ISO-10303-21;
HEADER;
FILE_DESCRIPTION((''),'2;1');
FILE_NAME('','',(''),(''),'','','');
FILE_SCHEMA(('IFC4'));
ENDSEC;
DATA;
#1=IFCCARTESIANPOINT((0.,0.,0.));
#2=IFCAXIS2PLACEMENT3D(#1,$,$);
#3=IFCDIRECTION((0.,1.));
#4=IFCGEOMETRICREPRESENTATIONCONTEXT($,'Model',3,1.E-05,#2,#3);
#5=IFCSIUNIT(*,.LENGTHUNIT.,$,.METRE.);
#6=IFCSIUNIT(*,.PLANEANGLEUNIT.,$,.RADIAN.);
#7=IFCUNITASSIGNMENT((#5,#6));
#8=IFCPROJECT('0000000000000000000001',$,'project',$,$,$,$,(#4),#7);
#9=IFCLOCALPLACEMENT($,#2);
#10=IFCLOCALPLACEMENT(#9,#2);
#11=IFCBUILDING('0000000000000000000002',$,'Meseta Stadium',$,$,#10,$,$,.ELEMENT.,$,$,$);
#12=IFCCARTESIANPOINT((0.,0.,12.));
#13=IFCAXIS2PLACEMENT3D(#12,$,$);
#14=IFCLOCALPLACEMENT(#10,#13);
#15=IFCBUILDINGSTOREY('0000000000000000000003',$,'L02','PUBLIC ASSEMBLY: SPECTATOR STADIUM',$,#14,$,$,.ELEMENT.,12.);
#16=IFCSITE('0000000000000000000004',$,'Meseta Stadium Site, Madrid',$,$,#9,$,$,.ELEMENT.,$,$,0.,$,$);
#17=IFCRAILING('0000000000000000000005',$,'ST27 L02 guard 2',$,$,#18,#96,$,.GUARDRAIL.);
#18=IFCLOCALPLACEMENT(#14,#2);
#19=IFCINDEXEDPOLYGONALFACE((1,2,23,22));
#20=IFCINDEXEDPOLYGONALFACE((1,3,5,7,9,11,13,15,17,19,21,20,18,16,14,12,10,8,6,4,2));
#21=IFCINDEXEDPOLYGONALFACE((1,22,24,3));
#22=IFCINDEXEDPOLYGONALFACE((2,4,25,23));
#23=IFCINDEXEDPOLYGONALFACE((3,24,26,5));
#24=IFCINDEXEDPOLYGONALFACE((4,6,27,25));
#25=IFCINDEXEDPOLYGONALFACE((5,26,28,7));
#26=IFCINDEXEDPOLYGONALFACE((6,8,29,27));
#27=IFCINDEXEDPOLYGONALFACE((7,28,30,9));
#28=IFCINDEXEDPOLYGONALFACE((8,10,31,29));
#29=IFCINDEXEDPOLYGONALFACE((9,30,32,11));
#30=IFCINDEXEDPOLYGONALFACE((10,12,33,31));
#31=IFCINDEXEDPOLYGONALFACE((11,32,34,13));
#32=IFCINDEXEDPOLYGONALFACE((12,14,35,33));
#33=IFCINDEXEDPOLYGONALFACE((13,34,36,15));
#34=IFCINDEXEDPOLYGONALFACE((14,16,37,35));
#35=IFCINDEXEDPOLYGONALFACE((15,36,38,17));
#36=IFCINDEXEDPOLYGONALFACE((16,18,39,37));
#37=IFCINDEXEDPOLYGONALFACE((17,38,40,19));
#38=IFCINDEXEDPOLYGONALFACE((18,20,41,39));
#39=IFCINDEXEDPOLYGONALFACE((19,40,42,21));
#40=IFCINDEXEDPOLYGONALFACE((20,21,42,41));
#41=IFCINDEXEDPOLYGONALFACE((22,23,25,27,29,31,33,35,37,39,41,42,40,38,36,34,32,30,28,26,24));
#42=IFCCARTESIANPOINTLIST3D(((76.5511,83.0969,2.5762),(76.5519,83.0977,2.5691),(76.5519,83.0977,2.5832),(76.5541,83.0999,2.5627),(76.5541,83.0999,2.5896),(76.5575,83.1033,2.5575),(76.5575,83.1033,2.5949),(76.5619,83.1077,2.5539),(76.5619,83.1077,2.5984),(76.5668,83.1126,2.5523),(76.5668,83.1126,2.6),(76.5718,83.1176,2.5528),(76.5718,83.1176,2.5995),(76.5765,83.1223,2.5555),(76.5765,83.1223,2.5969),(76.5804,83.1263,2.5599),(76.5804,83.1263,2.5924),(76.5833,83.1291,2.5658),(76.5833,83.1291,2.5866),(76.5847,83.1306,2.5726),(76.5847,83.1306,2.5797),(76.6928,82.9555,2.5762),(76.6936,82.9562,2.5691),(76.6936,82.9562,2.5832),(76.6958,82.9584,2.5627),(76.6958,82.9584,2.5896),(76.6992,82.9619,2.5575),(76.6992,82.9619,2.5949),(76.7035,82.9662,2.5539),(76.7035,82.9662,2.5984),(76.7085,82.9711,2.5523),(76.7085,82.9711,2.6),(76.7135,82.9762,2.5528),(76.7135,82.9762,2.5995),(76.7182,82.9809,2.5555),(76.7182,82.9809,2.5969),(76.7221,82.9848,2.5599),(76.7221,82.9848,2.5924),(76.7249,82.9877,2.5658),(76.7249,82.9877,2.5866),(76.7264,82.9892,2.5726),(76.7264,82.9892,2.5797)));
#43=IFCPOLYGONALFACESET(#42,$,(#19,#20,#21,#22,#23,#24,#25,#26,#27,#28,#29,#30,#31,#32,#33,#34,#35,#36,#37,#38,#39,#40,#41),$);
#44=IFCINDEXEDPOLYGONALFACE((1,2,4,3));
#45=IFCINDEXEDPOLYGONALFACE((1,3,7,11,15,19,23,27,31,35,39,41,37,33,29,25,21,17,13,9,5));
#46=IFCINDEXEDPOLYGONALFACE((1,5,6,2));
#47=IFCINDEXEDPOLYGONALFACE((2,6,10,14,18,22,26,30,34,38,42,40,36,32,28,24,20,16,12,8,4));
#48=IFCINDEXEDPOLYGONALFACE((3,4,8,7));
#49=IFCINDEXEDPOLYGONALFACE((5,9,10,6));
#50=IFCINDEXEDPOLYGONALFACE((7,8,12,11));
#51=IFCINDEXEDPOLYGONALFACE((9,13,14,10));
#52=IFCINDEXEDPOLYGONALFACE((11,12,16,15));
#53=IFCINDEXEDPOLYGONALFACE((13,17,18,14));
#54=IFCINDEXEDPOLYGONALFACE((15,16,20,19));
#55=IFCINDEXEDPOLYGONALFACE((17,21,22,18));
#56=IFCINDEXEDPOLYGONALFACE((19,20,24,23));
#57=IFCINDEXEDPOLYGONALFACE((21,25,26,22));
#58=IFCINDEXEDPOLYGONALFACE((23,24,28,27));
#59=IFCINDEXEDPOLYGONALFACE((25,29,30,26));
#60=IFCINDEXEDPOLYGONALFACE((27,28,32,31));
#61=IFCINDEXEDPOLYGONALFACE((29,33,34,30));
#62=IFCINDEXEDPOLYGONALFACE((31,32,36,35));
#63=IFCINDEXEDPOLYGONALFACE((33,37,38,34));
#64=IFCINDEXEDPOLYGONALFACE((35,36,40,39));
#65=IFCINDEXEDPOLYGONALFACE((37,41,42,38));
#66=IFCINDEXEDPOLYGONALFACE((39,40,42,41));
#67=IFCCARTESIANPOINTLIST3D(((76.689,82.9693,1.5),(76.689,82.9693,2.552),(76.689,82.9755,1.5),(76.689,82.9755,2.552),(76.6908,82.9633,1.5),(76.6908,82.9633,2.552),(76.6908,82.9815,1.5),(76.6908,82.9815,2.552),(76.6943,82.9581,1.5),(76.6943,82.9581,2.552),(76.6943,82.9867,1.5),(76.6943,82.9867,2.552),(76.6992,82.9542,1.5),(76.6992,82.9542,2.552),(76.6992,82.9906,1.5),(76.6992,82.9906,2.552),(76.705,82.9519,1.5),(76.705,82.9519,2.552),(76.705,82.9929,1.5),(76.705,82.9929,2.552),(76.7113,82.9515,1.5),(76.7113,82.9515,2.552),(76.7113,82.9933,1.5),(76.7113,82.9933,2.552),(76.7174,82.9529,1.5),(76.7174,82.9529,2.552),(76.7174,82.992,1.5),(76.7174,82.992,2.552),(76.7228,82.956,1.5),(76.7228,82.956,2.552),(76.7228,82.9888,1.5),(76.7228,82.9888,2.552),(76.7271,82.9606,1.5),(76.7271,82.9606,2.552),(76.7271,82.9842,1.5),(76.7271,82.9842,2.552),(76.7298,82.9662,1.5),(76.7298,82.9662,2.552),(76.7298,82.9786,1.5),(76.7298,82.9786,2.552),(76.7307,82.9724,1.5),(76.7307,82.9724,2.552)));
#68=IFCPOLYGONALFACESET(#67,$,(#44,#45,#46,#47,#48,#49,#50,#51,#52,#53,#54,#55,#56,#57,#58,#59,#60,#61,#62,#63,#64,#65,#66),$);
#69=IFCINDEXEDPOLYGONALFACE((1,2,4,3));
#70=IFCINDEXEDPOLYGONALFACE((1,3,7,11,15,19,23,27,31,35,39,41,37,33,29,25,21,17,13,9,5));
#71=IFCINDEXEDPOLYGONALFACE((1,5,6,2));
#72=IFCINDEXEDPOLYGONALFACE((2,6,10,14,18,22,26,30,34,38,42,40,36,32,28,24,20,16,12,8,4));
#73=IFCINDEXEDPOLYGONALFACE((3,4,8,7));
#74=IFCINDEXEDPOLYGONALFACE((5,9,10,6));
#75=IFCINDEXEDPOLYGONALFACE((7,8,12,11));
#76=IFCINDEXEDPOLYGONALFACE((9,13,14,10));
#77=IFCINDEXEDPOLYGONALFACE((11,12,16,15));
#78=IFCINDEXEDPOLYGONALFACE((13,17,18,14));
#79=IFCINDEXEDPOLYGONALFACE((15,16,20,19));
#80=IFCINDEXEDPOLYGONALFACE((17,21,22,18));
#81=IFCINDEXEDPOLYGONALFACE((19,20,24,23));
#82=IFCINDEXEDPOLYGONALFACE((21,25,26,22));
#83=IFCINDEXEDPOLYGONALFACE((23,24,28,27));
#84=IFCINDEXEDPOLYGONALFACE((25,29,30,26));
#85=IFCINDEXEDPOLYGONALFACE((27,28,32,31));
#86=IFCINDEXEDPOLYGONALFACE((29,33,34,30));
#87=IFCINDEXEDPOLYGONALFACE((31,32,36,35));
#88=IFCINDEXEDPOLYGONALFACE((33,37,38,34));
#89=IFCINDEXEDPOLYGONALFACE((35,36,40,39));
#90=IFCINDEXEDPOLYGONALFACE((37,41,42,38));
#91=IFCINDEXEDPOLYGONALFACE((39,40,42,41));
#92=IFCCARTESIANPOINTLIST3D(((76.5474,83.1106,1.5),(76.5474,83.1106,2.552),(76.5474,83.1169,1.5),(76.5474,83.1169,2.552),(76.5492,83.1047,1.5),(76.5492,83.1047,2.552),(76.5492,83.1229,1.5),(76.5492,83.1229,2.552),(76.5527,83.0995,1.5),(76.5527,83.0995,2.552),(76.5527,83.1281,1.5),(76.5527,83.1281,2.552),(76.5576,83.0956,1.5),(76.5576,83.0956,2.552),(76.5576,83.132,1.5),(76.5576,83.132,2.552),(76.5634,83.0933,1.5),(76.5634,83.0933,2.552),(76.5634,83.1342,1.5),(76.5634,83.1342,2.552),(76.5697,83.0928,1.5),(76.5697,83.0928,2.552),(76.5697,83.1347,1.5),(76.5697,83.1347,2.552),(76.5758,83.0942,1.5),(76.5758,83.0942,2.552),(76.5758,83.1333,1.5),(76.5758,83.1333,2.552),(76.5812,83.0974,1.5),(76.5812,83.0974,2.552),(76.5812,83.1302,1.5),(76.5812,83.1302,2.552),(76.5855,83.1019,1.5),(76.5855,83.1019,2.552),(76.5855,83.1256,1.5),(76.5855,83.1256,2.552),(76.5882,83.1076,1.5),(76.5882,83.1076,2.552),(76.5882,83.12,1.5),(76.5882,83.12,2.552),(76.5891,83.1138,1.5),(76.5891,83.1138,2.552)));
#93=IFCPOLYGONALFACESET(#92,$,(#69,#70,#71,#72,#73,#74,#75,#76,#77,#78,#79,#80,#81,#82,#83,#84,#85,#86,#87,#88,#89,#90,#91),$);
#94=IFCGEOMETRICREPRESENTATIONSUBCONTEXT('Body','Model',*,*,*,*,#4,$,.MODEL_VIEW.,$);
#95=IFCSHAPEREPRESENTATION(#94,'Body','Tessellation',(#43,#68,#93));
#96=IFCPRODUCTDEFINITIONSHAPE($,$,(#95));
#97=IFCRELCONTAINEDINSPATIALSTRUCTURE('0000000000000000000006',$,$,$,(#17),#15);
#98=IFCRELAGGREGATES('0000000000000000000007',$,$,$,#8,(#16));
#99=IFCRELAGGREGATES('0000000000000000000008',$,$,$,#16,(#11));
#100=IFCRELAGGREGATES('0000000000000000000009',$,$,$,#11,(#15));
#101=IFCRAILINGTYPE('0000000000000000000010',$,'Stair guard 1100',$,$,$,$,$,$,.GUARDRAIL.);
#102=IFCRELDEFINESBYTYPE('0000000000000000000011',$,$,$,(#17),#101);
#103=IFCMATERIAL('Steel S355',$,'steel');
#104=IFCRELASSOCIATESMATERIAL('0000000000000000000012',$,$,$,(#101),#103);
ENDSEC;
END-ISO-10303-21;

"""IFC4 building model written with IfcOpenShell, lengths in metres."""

from ifc_helpers import new_model, si_unit, direction, frame, origin, origin_2d, place, context, subcontext, project, spatial, circle, extrude, material, type_object, element, save


model = new_model("IFC4")

# Units and contexts
model_context = context("Model", 3, precision=1e-05, world=origin(), true_north=direction((0.0, 1.0)))
body_context = subcontext(model_context, "Body", "Model", "MODEL_VIEW")
ifc_project = project(units=[si_unit("LENGTHUNIT", "METRE"), si_unit("PLANEANGLEUNIT", "RADIAN")], contexts=[model_context])

# Site, building, storey
site_placement = place(None, origin())
site = spatial("IfcSite", under=ifc_project, at=site_placement, Name="Meseta Stadium Site, Madrid", CompositionType="ELEMENT", RefElevation=0.0)
building_placement = place(site_placement, origin())
building = spatial("IfcBuilding", under=site, at=building_placement, Name="Meseta Stadium", CompositionType="ELEMENT")
storey_placement = place(building_placement, frame((0.0, 0.0, 12.0)))
storey = spatial("IfcBuildingStorey", under=building, at=storey_placement, Name="L02", Description="PUBLIC ASSEMBLY: SPECTATOR STADIUM", CompositionType="ELEMENT", Elevation=12.0)

# Railing
ifc_material_1 = material(Name="Steel S355", Category="steel")
railing_type_1 = type_object("IfcRailingType", Name="Stair guard 1100", PredefinedType="GUARDRAIL", material=ifc_material_1)
railing_1_placement = place(storey_placement, frame((76.7097, 82.9724, 1.5)))
element("IfcRailing", 1, at=railing_1_placement, inside=storey, type_object=railing_type_1, Name="ST27 L02 guard 2", PredefinedType="GUARDRAIL", context=body_context, shape_type="SweptSolid", body=[
    extrude(circle(Radius=0.0239, at=origin_2d()), frame((0.0, 0.0, 1.0762), z_axis=(-0.707717, 0.706496, 0.0), x_axis=(-0.706496, -0.707717, 0.0)), (0.0, 0.0, 1.0), 0.2002),
    extrude(circle(Radius=0.021, at=origin_2d()), origin(), (0.0, 0.0, 1.0), 1.052),
    extrude(circle(Radius=0.021, at=origin_2d()), frame((-0.1416, 0.1414, 0.0)), (0.0, 0.0, 1.0), 1.052),
])

save(model, "model.ifc")
